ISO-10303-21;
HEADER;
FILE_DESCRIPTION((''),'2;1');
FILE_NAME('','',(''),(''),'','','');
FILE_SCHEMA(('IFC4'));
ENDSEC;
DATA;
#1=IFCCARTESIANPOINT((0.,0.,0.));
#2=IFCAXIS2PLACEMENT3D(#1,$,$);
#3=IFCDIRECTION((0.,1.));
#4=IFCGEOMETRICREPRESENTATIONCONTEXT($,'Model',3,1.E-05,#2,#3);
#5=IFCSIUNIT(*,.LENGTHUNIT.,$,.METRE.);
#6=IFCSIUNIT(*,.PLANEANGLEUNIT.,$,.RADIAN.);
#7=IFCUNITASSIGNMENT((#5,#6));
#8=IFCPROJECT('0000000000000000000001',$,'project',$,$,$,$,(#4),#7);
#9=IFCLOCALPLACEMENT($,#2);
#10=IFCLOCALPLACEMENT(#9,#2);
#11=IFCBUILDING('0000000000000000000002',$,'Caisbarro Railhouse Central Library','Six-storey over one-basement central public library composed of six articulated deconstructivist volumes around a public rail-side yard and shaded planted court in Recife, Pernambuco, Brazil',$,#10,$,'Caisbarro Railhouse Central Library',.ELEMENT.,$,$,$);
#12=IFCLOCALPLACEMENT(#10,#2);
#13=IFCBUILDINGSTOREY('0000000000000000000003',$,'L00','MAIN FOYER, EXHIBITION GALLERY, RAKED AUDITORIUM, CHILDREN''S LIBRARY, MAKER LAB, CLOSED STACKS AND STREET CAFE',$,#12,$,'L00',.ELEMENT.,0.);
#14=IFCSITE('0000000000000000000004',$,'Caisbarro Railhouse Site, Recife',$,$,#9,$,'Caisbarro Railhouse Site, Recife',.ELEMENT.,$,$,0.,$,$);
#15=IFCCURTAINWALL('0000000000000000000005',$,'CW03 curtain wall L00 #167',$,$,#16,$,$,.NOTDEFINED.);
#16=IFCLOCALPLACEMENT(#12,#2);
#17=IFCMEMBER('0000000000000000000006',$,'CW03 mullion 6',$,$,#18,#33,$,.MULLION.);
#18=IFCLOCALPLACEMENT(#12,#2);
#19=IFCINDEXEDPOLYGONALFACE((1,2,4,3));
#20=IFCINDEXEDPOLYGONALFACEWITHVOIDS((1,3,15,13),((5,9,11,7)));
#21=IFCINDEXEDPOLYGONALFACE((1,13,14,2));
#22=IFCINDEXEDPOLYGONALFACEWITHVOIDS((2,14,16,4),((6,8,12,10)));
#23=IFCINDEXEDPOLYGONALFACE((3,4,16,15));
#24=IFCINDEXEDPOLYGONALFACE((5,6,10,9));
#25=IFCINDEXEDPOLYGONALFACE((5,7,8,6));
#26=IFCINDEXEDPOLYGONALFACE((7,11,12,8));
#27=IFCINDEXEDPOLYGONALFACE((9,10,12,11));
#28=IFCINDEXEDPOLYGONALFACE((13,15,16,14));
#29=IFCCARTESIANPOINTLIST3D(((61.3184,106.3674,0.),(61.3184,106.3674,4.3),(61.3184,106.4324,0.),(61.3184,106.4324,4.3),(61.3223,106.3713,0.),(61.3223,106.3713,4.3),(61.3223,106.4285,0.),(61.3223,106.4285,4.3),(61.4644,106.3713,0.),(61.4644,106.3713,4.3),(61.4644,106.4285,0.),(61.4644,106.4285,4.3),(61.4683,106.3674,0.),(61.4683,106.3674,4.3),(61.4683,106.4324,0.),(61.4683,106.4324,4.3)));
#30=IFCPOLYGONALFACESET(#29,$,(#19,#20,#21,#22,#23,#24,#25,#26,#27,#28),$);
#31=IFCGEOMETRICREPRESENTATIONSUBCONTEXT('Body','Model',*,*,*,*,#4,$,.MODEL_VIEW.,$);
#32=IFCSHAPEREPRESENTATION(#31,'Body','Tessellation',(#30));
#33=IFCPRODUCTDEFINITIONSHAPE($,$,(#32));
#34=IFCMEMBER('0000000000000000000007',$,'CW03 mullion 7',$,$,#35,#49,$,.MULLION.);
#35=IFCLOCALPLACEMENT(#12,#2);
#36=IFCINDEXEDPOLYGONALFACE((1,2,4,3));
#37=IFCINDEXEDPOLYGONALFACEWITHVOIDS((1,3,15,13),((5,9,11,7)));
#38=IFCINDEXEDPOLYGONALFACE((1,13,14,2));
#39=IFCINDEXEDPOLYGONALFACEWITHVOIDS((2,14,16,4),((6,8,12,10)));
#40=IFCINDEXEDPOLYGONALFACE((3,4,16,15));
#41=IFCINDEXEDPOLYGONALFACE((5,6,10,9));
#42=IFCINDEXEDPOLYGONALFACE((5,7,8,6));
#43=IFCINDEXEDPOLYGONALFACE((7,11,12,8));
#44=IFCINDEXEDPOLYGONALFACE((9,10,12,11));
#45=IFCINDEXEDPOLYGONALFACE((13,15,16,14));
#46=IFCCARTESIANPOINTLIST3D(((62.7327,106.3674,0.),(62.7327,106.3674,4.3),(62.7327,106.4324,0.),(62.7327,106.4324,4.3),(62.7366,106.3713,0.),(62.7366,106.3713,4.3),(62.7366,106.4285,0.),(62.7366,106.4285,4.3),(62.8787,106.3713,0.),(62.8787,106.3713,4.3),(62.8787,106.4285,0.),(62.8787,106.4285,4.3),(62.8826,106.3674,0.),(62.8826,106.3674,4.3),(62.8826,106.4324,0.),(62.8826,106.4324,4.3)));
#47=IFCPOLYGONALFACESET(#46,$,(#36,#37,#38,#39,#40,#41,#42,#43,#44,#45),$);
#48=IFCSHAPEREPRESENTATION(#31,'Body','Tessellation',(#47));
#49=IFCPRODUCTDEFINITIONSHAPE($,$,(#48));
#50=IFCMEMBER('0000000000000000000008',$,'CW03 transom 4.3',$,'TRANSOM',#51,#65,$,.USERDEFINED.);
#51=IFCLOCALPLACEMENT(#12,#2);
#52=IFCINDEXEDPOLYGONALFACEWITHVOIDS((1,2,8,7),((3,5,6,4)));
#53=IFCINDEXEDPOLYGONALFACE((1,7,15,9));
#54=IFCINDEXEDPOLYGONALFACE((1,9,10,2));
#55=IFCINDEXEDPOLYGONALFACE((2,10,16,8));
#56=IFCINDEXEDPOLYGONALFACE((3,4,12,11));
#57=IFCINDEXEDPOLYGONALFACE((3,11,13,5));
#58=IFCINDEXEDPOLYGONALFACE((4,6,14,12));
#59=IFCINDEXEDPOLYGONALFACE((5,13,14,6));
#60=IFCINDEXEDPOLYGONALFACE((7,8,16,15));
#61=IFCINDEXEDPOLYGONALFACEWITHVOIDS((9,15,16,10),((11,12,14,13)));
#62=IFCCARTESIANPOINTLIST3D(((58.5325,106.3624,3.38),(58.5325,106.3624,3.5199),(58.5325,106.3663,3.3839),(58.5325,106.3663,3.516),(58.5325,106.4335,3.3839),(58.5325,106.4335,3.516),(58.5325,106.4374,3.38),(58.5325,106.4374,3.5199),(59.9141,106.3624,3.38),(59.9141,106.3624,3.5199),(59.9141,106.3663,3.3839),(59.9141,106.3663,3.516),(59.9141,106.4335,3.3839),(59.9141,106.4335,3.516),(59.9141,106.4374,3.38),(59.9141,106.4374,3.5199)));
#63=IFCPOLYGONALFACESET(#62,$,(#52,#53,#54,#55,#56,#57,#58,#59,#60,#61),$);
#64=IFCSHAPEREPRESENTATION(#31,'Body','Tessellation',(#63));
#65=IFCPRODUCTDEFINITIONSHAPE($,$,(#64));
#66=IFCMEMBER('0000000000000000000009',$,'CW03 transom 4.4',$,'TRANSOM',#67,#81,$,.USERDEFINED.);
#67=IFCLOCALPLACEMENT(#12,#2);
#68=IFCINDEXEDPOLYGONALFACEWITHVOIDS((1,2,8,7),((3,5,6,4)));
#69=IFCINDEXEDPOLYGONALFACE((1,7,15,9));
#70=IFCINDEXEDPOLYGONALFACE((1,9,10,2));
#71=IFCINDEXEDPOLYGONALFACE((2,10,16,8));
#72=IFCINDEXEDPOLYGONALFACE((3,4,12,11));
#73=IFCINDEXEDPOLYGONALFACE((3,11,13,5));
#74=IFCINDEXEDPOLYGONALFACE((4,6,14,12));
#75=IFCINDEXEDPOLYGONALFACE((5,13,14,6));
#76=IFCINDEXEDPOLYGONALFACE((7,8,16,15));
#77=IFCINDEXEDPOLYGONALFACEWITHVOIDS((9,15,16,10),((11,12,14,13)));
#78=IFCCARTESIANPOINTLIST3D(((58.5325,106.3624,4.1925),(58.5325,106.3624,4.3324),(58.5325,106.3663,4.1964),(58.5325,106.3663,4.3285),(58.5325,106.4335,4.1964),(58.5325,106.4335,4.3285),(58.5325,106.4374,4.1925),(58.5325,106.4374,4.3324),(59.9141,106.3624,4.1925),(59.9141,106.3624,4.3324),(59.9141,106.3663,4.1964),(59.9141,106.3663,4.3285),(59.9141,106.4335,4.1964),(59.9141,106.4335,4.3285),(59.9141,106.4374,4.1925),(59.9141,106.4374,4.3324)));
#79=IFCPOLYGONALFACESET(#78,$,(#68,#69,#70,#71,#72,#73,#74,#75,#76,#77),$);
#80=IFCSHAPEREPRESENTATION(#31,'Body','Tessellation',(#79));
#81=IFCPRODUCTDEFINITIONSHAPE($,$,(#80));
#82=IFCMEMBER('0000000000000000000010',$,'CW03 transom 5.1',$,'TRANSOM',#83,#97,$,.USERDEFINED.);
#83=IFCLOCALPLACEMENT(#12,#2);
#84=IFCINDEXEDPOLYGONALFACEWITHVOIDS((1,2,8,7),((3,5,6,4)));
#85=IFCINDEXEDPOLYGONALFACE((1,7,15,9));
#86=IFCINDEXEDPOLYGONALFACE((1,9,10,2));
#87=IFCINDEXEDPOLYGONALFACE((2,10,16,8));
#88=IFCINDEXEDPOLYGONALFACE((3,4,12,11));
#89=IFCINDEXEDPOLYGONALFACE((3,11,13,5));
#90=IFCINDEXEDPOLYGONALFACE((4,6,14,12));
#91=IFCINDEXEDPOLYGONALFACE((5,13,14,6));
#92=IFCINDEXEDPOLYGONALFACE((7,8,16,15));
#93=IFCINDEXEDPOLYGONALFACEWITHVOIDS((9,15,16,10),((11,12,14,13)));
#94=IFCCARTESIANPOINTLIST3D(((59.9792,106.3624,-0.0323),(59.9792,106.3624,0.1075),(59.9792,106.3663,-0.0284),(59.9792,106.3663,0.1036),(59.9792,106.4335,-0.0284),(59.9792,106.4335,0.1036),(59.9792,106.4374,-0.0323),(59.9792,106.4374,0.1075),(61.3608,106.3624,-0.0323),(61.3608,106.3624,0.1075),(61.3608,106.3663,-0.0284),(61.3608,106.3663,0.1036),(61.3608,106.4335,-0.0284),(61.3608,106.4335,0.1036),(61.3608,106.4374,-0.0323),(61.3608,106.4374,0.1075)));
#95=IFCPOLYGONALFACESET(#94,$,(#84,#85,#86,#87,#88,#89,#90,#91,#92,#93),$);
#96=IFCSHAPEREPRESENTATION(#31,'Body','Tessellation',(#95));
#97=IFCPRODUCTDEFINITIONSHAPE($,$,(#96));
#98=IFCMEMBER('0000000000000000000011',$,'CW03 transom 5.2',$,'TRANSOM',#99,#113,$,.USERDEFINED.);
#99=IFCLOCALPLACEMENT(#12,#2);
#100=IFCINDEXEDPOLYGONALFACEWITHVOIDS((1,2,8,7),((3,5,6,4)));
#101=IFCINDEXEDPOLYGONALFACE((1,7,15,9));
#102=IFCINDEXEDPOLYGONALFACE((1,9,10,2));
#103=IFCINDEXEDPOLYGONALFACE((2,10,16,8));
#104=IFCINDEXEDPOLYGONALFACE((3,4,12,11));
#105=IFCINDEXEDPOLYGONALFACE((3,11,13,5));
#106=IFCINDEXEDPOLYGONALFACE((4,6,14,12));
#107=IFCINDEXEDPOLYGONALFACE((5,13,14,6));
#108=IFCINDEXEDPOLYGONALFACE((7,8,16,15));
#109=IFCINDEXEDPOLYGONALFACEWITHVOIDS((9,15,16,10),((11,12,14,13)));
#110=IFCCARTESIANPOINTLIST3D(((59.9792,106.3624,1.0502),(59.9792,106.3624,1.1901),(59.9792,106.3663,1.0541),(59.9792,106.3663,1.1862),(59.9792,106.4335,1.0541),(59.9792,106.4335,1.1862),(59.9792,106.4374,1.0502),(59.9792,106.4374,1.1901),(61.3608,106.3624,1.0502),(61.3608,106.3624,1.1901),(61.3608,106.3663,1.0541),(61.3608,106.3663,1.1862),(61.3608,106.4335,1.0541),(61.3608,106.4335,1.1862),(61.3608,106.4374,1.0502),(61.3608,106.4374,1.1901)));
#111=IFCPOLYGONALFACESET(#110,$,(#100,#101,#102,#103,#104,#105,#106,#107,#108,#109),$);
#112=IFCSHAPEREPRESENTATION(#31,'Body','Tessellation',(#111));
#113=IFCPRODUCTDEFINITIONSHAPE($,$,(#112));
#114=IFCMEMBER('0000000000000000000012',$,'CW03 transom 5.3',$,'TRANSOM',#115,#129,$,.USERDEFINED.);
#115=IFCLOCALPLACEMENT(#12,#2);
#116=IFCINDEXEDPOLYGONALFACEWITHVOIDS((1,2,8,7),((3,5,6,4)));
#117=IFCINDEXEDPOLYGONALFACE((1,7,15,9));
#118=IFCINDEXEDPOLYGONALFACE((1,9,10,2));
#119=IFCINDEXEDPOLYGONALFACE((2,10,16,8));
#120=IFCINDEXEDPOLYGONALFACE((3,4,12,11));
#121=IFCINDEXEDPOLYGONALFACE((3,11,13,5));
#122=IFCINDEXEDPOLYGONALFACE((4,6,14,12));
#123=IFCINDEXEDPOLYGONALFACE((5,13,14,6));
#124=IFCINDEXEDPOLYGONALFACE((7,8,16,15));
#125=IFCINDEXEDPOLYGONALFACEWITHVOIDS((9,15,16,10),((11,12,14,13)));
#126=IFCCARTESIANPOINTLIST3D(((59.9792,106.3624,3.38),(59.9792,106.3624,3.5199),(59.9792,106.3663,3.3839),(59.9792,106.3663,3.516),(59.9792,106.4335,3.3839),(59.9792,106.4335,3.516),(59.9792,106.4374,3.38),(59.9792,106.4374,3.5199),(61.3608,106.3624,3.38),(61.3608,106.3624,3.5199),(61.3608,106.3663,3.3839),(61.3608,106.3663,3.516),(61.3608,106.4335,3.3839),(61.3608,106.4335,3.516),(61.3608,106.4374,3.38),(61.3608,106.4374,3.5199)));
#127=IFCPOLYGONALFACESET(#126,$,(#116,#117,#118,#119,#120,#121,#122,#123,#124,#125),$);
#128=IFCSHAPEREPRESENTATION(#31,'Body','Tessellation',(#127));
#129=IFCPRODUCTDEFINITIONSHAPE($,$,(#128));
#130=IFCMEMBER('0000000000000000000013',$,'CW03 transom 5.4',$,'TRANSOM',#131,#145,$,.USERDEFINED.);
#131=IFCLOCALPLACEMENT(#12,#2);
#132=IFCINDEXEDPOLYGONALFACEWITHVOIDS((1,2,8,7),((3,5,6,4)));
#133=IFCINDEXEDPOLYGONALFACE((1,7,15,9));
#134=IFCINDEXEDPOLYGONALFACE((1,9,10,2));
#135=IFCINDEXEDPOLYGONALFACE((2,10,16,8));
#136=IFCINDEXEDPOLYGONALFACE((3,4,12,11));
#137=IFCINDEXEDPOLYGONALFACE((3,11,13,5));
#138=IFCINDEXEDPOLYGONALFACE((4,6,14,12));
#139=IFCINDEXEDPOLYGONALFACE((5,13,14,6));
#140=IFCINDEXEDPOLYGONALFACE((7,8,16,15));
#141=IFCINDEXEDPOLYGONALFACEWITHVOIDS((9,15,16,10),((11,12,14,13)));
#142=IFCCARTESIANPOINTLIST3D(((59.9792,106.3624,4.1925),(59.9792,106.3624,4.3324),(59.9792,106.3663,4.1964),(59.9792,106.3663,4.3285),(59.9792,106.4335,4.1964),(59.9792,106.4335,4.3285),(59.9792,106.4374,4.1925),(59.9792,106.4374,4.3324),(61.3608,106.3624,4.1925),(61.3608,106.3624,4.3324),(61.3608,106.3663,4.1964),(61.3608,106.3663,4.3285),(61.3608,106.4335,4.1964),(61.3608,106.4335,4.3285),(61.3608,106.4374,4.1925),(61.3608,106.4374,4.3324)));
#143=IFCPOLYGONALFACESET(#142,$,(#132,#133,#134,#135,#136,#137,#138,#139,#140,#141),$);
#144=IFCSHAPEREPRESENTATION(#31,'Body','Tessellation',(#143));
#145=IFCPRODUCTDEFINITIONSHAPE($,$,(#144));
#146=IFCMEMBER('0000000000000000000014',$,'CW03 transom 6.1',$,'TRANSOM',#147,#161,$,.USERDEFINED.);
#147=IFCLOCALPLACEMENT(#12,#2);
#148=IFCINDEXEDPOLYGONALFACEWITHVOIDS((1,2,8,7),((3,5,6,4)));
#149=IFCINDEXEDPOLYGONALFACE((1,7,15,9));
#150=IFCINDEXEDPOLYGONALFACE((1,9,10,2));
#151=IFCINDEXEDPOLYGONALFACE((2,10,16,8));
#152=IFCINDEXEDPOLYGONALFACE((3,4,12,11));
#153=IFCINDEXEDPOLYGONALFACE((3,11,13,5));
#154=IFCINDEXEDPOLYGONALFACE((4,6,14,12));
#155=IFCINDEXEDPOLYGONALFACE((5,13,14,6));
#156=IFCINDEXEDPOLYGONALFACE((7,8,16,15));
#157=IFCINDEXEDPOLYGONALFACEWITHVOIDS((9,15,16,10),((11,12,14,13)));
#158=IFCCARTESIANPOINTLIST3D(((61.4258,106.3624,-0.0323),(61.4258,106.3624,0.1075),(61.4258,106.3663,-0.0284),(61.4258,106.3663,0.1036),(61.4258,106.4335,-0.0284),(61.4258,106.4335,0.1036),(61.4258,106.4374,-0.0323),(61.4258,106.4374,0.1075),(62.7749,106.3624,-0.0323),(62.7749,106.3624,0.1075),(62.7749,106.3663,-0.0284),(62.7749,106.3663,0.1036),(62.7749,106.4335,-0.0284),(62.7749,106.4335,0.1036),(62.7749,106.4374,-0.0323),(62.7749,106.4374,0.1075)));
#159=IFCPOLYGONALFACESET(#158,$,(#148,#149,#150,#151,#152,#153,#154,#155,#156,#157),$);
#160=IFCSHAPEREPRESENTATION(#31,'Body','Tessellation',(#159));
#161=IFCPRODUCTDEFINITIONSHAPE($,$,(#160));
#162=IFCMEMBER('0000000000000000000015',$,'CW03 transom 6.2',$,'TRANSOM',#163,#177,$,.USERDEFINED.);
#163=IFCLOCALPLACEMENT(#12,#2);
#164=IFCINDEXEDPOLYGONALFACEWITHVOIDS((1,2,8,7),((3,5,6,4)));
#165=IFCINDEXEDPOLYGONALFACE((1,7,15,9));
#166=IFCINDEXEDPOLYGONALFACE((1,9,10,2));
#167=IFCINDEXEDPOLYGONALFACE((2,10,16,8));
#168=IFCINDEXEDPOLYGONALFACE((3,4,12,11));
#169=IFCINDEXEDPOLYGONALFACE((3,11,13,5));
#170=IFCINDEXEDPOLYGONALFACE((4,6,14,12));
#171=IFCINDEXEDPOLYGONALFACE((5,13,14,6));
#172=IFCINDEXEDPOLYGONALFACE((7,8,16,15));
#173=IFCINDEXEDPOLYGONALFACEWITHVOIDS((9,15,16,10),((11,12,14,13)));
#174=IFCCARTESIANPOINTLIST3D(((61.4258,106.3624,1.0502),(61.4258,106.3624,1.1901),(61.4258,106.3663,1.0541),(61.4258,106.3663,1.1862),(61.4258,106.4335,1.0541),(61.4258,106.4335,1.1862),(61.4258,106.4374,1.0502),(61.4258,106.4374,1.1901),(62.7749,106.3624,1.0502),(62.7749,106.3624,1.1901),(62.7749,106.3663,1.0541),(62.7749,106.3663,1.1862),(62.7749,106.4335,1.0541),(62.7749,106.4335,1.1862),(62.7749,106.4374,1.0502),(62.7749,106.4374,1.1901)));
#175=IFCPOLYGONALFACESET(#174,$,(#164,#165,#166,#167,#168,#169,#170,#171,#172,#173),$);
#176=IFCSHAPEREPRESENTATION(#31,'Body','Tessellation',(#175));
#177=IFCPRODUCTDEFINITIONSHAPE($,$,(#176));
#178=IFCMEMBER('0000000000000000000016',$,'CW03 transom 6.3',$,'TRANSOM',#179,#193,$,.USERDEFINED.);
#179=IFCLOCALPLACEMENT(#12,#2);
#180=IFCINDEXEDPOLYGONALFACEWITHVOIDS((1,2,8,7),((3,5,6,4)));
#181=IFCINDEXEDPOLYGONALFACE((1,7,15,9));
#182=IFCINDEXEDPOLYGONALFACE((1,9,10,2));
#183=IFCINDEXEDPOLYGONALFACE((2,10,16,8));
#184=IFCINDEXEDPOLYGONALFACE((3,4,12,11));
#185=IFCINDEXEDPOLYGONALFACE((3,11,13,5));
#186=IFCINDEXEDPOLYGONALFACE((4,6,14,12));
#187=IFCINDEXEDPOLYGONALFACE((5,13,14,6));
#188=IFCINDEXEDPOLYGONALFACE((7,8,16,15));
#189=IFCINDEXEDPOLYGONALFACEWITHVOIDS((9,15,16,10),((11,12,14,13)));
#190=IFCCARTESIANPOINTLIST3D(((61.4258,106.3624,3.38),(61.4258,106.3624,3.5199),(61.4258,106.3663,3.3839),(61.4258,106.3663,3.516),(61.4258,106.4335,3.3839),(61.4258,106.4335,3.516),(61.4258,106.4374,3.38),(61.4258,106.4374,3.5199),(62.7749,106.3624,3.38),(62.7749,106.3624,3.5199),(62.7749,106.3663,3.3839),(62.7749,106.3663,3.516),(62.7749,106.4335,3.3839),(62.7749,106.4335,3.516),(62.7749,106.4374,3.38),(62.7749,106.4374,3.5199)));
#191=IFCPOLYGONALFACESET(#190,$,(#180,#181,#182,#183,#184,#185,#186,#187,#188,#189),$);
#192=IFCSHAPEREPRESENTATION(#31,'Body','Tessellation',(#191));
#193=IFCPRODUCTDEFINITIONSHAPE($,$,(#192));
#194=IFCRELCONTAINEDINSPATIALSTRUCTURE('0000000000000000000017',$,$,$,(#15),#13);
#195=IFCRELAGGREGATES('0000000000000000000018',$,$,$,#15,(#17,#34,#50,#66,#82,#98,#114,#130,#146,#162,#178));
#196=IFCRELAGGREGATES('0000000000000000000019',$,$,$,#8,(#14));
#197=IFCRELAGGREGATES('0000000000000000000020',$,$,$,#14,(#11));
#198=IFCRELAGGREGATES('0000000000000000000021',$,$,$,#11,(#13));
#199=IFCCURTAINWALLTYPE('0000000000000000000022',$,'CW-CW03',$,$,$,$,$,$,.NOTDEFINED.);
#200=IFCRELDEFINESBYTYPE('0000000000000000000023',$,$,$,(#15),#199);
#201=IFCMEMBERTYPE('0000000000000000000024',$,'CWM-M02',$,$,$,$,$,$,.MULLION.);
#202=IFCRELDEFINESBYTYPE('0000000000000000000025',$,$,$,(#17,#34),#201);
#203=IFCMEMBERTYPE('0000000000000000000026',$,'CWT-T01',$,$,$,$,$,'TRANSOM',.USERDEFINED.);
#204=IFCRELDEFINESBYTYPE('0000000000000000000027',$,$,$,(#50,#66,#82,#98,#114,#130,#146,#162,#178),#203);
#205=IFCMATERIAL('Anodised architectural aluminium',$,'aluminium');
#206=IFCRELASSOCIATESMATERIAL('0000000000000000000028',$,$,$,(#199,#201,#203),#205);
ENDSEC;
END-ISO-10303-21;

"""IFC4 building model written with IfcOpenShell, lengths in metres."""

from ifc_helpers import new_model, si_unit, direction, frame, origin, origin_2d, place, context, subcontext, project, spatial, hollow_rectangle, extrude, material, material_profile, profile_set, type_object, element, aggregate, save


model = new_model("IFC4")

# Units and contexts
model_context = context("Model", 3, precision=1e-05, world=origin(), true_north=direction((0.0, 1.0)))
body_context = subcontext(model_context, "Body", "Model", "MODEL_VIEW")
ifc_project = project(units=[si_unit("LENGTHUNIT", "METRE"), si_unit("PLANEANGLEUNIT", "RADIAN")], contexts=[model_context])

# Site, building, storey
site_placement = place(None, origin())
site = spatial("IfcSite", under=ifc_project, at=site_placement, Name="Caisbarro Railhouse Site, Recife", LongName="Caisbarro Railhouse Site, Recife", CompositionType="ELEMENT", RefElevation=0.0)
building_placement = place(site_placement, origin())
building = spatial("IfcBuilding", under=site, at=building_placement, Name="Caisbarro Railhouse Central Library", Description="Six-storey over one-basement central public library composed of six articulated deconstructivist volumes around a public rail-side yard and shaded planted court in Recife, Pernambuco, Brazil", LongName="Caisbarro Railhouse Central Library", CompositionType="ELEMENT")
storey_placement = place(building_placement, origin())
storey = spatial("IfcBuildingStorey", under=building, at=storey_placement, Name="L00", Description="MAIN FOYER, EXHIBITION GALLERY, RAKED AUDITORIUM, CHILDREN'S LIBRARY, MAKER LAB, CLOSED STACKS AND STREET CAFE", LongName="L00", CompositionType="ELEMENT", Elevation=0.0)

# Curtain wall, members
ifc_material_1 = material(Name="Anodised architectural aluminium", Category="aluminium")
curtain_wall_type = type_object("IfcCurtainWallType", Name="CW-CW03", PredefinedType="NOTDEFINED", material=ifc_material_1)
curtain_wall_placement = place(storey_placement, origin())
curtain_wall = element("IfcCurtainWall", 1, at=curtain_wall_placement, inside=storey, type_object=curtain_wall_type, Name="CW03 curtain wall L00 #167", PredefinedType="NOTDEFINED")
ifc_material_profile_1 = material_profile(ifc_material_1, hollow_rectangle(XDim=0.0649, YDim=0.1499, WallThickness=0.0039, at=origin_2d()), Name="ALU-MUL-65X150")
ifc_profile_set_1 = profile_set([ifc_material_profile_1], Name="Anodised architectural aluminium")
member_type_1 = type_object("IfcMemberType", Name="CWM-M02", PredefinedType="MULLION", material=ifc_profile_set_1)
member_1_placement = place(storey_placement, frame((61.3933, 106.3999, 0.0), z_axis=(0.0, 0.0, 1.0), x_axis=(0.0, 1.0, 0.0)))
member_1 = element("IfcMember", 2, at=member_1_placement, type_object=member_type_1, Name="CW03 mullion 6", PredefinedType="MULLION", context=body_context, shape_type="SweptSolid", body=[
    extrude(hollow_rectangle(XDim=0.0649, YDim=0.1499, WallThickness=0.0039, at=origin_2d()), origin(), (0.0, 0.0, 1.0), 4.3),
])
member_2_placement = place(storey_placement, frame((62.8076, 106.3999, 0.0), z_axis=(0.0, 0.0, 1.0), x_axis=(0.0, 1.0, 0.0)))
member_2 = element("IfcMember", 3, at=member_2_placement, type_object=member_type_1, Name="CW03 mullion 7", PredefinedType="MULLION", context=body_context, shape_type="SweptSolid", body=[
    extrude(hollow_rectangle(XDim=0.0649, YDim=0.1499, WallThickness=0.0039, at=origin_2d()), origin(), (0.0, 0.0, 1.0), 4.3),
])
ifc_material_profile_2 = material_profile(ifc_material_1, hollow_rectangle(XDim=0.075, YDim=0.1399, WallThickness=0.0039, at=origin_2d()), Name="ALU-TRN-75X140")
ifc_profile_set_2 = profile_set([ifc_material_profile_2], Name="Anodised architectural aluminium")
member_type_2 = type_object("IfcMemberType", Name="CWT-T01", ElementType="TRANSOM", PredefinedType="USERDEFINED", material=ifc_profile_set_2)
member_3_placement = place(storey_placement, frame((58.5325, 106.3999, 3.45), z_axis=(1.0, 0.0, 0.0), x_axis=(0.0, 1.0, 0.0)))
member_3 = element("IfcMember", 4, at=member_3_placement, type_object=member_type_2, Name="CW03 transom 4.3", ObjectType="TRANSOM", PredefinedType="USERDEFINED", context=body_context, shape_type="SweptSolid", body=[
    extrude(hollow_rectangle(XDim=0.075, YDim=0.1399, WallThickness=0.0039, at=origin_2d()), origin(), (0.0, 0.0, 1.0), 1.3816),
])
member_4_placement = place(storey_placement, frame((58.5325, 106.3999, 4.2625), z_axis=(1.0, 0.0, 0.0), x_axis=(0.0, 1.0, 0.0)))
member_4 = element("IfcMember", 5, at=member_4_placement, type_object=member_type_2, Name="CW03 transom 4.4", ObjectType="TRANSOM", PredefinedType="USERDEFINED", context=body_context, shape_type="SweptSolid", body=[
    extrude(hollow_rectangle(XDim=0.075, YDim=0.1399, WallThickness=0.0039, at=origin_2d()), origin(), (0.0, 0.0, 1.0), 1.3816),
])
member_5_placement = place(storey_placement, frame((59.9792, 106.3999, 0.0376), z_axis=(1.0, 0.0, 0.0), x_axis=(0.0, 1.0, 0.0)))
member_5 = element("IfcMember", 6, at=member_5_placement, type_object=member_type_2, Name="CW03 transom 5.1", ObjectType="TRANSOM", PredefinedType="USERDEFINED", context=body_context, shape_type="SweptSolid", body=[
    extrude(hollow_rectangle(XDim=0.075, YDim=0.1399, WallThickness=0.0039, at=origin_2d()), origin(), (0.0, 0.0, 1.0), 1.3816),
])
member_6_placement = place(storey_placement, frame((59.9792, 106.3999, 1.1201), z_axis=(1.0, 0.0, 0.0), x_axis=(0.0, 1.0, 0.0)))
member_6 = element("IfcMember", 7, at=member_6_placement, type_object=member_type_2, Name="CW03 transom 5.2", ObjectType="TRANSOM", PredefinedType="USERDEFINED", context=body_context, shape_type="SweptSolid", body=[
    extrude(hollow_rectangle(XDim=0.075, YDim=0.1399, WallThickness=0.0039, at=origin_2d()), origin(), (0.0, 0.0, 1.0), 1.3816),
])
member_7_placement = place(storey_placement, frame((59.9792, 106.3999, 3.45), z_axis=(1.0, 0.0, 0.0), x_axis=(0.0, 1.0, 0.0)))
member_7 = element("IfcMember", 8, at=member_7_placement, type_object=member_type_2, Name="CW03 transom 5.3", ObjectType="TRANSOM", PredefinedType="USERDEFINED", context=body_context, shape_type="SweptSolid", body=[
    extrude(hollow_rectangle(XDim=0.075, YDim=0.1399, WallThickness=0.0039, at=origin_2d()), origin(), (0.0, 0.0, 1.0), 1.3816),
])
member_8_placement = place(storey_placement, frame((59.9792, 106.3999, 4.2625), z_axis=(1.0, 0.0, 0.0), x_axis=(0.0, 1.0, 0.0)))
member_8 = element("IfcMember", 9, at=member_8_placement, type_object=member_type_2, Name="CW03 transom 5.4", ObjectType="TRANSOM", PredefinedType="USERDEFINED", context=body_context, shape_type="SweptSolid", body=[
    extrude(hollow_rectangle(XDim=0.075, YDim=0.1399, WallThickness=0.0039, at=origin_2d()), origin(), (0.0, 0.0, 1.0), 1.3816),
])
member_9_placement = place(storey_placement, frame((61.4258, 106.3999, 0.0376), z_axis=(1.0, 0.0, 0.0), x_axis=(0.0, 1.0, 0.0)))
member_9 = element("IfcMember", 10, at=member_9_placement, type_object=member_type_2, Name="CW03 transom 6.1", ObjectType="TRANSOM", PredefinedType="USERDEFINED", context=body_context, shape_type="SweptSolid", body=[
    extrude(hollow_rectangle(XDim=0.075, YDim=0.1399, WallThickness=0.0039, at=origin_2d()), origin(), (0.0, 0.0, 1.0), 1.3491),
])
member_10_placement = place(storey_placement, frame((61.4258, 106.3999, 1.1201), z_axis=(1.0, 0.0, 0.0), x_axis=(0.0, 1.0, 0.0)))
member_10 = element("IfcMember", 11, at=member_10_placement, type_object=member_type_2, Name="CW03 transom 6.2", ObjectType="TRANSOM", PredefinedType="USERDEFINED", context=body_context, shape_type="SweptSolid", body=[
    extrude(hollow_rectangle(XDim=0.075, YDim=0.1399, WallThickness=0.0039, at=origin_2d()), origin(), (0.0, 0.0, 1.0), 1.3491),
])
member_11_placement = place(storey_placement, frame((61.4258, 106.3999, 3.45), z_axis=(1.0, 0.0, 0.0), x_axis=(0.0, 1.0, 0.0)))
member_11 = element("IfcMember", 12, at=member_11_placement, type_object=member_type_2, Name="CW03 transom 6.3", ObjectType="TRANSOM", PredefinedType="USERDEFINED", context=body_context, shape_type="SweptSolid", body=[
    extrude(hollow_rectangle(XDim=0.075, YDim=0.1399, WallThickness=0.0039, at=origin_2d()), origin(), (0.0, 0.0, 1.0), 1.3491),
])
aggregate(curtain_wall, [member_1, member_2, member_3, member_4, member_5, member_6, member_7, member_8, member_9, member_10, member_11])

save(model, "model.ifc")
